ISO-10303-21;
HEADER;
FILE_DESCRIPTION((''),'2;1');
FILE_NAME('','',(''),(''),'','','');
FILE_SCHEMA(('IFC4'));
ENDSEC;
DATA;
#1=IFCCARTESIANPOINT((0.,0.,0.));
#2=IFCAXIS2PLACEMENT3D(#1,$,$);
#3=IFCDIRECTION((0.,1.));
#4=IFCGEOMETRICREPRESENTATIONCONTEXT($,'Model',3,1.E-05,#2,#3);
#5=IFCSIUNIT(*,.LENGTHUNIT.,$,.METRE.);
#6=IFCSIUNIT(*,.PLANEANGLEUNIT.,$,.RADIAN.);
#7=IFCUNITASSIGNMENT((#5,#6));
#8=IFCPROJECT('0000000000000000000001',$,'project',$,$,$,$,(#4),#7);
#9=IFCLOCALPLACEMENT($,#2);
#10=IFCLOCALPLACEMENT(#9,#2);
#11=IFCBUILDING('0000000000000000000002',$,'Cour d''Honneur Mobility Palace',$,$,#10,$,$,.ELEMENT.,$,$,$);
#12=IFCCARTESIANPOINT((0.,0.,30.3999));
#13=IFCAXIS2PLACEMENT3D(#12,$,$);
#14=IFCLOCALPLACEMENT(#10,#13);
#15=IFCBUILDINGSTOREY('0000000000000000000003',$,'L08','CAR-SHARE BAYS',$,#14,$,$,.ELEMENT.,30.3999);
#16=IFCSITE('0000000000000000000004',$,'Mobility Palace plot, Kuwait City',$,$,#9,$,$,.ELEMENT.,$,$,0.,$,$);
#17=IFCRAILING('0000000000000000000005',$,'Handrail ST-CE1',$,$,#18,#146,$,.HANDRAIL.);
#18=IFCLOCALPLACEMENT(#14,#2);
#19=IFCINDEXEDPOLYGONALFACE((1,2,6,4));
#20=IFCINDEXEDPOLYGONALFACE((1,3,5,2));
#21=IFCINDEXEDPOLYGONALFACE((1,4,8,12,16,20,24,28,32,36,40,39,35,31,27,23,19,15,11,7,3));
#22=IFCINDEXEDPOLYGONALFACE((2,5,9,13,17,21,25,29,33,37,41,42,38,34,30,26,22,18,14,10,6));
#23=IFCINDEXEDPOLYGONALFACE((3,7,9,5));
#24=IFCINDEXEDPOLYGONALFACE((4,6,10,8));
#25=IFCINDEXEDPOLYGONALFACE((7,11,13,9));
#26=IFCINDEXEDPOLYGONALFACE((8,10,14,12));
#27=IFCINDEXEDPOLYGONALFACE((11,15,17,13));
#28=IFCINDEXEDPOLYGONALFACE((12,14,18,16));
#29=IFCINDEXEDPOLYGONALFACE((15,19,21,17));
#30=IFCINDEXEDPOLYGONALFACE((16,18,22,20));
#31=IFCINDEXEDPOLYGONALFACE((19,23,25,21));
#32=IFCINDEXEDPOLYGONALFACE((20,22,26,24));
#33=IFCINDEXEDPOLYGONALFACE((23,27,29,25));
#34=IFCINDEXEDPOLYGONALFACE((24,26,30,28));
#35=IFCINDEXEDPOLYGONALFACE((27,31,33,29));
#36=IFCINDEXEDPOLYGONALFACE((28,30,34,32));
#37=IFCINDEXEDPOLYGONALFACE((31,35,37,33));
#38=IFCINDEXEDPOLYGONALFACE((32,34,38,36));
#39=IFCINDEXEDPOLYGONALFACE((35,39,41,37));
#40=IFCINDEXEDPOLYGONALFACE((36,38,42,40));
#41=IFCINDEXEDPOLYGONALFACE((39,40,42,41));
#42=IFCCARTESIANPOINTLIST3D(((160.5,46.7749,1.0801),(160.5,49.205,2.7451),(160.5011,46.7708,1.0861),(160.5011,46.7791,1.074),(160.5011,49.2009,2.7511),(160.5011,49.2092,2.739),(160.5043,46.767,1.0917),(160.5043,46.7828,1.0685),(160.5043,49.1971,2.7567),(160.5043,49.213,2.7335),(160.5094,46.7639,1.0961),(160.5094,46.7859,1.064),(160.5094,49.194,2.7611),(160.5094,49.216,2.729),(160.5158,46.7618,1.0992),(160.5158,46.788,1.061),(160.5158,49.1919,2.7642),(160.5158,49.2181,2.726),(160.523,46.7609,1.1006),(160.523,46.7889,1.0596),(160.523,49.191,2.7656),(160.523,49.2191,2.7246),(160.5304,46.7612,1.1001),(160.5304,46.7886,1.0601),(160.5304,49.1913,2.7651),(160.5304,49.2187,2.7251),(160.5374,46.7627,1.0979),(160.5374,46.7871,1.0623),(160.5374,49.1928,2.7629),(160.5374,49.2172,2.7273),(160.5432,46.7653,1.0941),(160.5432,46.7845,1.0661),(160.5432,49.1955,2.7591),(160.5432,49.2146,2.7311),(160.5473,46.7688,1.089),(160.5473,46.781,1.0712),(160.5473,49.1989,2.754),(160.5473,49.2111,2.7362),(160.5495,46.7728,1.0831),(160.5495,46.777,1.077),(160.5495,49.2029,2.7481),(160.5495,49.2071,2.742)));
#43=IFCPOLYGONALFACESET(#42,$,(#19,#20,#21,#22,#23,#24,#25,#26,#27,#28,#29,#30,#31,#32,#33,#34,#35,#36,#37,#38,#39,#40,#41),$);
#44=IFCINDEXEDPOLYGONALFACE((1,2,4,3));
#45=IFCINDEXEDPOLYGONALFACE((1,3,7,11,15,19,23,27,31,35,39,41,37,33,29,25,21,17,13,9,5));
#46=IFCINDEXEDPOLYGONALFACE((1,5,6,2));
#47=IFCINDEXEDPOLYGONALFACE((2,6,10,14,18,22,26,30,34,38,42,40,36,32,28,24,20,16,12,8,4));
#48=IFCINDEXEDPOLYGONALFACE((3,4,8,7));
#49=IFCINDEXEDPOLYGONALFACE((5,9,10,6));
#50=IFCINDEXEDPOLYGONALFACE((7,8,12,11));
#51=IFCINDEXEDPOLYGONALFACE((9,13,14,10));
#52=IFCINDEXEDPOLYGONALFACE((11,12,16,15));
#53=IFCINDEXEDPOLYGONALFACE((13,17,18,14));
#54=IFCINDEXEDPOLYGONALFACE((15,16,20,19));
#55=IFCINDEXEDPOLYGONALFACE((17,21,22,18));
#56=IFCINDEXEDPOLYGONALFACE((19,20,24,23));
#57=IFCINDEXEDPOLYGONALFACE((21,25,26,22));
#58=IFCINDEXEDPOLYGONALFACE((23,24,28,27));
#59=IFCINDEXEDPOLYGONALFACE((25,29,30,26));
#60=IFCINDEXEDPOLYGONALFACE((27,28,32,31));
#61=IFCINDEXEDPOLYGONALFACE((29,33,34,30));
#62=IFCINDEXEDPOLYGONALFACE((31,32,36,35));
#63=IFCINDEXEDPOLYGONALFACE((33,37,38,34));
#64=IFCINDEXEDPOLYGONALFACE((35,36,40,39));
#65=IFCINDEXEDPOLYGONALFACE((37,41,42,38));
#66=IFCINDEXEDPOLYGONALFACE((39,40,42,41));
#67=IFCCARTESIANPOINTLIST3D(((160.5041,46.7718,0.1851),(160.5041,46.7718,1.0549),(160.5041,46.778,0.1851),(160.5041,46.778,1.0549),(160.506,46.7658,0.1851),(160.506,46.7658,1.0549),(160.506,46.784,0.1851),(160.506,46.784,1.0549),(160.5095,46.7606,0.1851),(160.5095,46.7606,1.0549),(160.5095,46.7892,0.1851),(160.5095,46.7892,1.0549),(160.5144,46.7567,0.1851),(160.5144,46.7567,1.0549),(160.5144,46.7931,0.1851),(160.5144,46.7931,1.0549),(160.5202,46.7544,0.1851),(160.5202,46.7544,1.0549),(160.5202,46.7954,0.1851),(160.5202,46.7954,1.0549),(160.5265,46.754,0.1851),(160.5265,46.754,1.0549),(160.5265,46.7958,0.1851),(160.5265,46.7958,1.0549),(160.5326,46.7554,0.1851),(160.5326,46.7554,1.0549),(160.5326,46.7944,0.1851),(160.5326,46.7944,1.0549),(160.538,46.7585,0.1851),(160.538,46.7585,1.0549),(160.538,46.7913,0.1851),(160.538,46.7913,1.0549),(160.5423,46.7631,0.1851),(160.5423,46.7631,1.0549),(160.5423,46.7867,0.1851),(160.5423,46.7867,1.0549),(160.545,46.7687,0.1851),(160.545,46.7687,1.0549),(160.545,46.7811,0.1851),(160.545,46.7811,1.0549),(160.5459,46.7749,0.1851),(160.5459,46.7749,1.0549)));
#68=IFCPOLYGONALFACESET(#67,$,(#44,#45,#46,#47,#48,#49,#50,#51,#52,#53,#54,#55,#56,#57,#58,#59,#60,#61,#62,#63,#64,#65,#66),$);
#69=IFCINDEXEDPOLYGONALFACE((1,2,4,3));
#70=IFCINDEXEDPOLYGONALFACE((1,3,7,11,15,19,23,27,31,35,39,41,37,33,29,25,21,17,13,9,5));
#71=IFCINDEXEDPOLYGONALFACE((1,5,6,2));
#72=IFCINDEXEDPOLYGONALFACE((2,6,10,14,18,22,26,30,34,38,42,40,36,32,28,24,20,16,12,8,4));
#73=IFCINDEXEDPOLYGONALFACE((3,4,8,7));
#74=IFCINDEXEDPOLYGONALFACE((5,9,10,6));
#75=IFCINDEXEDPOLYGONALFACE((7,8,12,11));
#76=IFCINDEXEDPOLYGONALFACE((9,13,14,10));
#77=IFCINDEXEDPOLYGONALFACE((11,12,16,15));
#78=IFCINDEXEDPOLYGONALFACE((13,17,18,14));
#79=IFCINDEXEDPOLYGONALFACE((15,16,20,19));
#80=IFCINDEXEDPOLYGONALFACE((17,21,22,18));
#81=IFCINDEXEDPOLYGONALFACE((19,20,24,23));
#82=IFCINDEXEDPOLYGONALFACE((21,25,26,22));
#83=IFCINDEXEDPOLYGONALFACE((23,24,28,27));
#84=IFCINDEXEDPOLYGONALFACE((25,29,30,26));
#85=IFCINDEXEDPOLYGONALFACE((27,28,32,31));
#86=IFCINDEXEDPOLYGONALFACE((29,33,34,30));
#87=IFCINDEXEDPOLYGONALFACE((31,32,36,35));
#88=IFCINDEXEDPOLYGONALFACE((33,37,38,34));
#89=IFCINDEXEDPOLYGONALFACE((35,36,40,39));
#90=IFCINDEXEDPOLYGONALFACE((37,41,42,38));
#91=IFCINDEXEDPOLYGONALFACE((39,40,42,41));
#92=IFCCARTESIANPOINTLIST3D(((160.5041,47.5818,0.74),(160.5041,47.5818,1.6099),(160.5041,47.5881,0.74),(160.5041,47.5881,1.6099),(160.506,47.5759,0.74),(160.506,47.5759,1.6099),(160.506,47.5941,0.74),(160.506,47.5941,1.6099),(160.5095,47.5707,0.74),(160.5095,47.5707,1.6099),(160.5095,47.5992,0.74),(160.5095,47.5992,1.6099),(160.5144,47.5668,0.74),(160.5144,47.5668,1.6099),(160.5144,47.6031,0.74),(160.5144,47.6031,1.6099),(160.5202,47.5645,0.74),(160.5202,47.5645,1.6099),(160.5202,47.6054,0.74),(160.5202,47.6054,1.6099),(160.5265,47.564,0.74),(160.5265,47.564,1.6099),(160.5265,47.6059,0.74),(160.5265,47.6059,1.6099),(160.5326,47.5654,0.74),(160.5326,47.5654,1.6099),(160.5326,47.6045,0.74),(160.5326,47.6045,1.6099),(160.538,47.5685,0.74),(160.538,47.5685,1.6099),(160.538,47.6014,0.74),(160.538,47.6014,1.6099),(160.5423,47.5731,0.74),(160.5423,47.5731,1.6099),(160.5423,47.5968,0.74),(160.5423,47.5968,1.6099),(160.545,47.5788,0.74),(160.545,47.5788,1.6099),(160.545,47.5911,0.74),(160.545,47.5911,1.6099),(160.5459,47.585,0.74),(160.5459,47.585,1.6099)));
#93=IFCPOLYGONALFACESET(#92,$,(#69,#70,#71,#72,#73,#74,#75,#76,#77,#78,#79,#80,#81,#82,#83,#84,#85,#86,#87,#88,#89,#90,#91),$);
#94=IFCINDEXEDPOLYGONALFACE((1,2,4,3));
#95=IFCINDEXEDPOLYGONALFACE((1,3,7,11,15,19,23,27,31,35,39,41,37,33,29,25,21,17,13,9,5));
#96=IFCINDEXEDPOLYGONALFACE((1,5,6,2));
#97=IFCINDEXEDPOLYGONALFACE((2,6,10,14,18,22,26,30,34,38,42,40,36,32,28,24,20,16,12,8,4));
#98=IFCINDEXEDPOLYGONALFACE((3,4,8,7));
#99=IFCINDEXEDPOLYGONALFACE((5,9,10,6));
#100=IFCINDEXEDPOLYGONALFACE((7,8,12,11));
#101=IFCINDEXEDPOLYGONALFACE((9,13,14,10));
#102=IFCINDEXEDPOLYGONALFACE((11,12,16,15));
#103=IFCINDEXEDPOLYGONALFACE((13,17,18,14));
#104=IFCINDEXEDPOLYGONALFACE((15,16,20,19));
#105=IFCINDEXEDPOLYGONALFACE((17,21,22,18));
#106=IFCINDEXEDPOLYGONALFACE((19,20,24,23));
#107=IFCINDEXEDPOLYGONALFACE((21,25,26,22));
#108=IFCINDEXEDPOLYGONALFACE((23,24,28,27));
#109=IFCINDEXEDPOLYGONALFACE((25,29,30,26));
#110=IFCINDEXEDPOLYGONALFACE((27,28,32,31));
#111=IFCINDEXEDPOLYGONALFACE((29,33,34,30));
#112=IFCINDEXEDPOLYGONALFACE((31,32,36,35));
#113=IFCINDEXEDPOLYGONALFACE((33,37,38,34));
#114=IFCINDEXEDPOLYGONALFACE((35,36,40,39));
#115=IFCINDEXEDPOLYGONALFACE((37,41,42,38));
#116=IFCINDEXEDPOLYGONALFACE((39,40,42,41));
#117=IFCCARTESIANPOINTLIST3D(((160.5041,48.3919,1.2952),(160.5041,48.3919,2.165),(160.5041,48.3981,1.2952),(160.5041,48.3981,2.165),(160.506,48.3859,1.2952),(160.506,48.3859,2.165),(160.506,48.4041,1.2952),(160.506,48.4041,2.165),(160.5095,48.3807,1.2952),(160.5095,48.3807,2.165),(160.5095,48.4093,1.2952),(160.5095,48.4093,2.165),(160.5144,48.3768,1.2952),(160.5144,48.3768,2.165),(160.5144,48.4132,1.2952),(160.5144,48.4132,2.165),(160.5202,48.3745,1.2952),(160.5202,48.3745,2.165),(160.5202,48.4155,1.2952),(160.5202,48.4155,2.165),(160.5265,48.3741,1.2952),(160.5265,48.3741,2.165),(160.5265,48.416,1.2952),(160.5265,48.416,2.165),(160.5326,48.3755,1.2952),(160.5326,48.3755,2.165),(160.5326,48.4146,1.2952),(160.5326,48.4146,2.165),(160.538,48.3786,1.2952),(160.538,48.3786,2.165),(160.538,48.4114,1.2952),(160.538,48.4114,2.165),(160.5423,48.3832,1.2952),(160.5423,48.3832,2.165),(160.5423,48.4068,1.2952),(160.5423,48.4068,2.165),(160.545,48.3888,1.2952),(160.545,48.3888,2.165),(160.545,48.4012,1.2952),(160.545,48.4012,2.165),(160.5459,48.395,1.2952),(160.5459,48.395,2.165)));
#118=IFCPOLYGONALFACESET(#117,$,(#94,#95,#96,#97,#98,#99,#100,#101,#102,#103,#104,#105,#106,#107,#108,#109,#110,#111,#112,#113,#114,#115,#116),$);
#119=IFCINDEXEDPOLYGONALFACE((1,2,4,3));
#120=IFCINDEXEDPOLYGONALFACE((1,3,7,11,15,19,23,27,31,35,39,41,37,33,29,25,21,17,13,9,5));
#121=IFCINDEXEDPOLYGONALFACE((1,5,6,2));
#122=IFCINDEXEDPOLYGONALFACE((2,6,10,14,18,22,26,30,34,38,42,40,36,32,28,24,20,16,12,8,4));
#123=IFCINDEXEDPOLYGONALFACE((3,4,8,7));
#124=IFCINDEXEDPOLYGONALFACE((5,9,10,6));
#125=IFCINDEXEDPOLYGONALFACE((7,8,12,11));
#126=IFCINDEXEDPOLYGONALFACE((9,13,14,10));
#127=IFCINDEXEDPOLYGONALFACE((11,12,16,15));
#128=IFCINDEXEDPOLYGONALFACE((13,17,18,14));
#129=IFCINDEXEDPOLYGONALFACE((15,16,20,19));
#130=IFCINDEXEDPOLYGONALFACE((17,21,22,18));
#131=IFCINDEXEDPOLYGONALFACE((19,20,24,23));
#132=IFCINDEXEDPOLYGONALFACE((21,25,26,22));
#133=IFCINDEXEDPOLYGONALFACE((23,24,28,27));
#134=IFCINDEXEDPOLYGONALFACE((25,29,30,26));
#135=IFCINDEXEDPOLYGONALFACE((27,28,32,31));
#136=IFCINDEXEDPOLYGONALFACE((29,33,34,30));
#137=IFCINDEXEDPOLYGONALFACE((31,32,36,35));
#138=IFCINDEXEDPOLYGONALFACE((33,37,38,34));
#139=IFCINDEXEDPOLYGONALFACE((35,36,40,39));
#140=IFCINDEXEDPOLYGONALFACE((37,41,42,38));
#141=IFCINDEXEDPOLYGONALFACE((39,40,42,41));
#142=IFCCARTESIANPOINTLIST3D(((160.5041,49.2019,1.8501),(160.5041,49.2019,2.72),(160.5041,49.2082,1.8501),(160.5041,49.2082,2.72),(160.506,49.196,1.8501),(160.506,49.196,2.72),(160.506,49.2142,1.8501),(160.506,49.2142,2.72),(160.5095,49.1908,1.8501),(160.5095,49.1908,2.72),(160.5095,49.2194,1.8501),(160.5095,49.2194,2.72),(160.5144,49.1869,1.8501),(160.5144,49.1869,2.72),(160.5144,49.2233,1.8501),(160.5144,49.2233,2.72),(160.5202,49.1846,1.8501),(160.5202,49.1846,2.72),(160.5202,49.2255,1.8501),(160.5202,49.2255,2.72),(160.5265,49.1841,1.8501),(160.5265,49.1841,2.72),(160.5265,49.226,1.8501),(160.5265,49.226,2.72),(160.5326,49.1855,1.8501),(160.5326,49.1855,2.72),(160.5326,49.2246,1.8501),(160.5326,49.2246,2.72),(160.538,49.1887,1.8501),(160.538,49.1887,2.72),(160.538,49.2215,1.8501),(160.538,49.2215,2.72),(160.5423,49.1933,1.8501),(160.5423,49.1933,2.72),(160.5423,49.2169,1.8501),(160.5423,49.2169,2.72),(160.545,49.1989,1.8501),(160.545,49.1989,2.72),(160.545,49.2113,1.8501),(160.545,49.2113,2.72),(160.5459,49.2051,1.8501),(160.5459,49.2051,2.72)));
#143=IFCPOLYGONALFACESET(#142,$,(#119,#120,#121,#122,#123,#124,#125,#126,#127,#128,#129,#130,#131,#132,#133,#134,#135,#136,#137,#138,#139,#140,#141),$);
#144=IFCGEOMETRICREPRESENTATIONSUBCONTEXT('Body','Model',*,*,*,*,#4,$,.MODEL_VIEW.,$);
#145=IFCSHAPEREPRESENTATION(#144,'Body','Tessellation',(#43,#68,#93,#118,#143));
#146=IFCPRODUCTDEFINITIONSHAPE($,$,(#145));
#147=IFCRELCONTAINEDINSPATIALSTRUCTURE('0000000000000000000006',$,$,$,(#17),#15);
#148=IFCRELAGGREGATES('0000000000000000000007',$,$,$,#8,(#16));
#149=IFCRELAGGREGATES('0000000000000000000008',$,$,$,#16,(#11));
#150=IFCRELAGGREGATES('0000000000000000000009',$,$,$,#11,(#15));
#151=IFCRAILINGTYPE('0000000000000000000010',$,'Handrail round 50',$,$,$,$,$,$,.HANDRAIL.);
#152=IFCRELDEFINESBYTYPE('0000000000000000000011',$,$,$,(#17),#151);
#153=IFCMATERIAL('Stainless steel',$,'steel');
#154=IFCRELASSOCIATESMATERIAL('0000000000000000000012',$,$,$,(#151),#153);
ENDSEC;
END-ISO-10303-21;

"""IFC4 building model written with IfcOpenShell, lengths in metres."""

from ifc_helpers import new_model, si_unit, direction, frame, origin, origin_2d, place, context, subcontext, project, spatial, circle, extrude, material, type_object, element, save


model = new_model("IFC4")

# Units and contexts
model_context = context("Model", 3, precision=1e-05, world=origin(), true_north=direction((0.0, 1.0)))
body_context = subcontext(model_context, "Body", "Model", "MODEL_VIEW")
ifc_project = project(units=[si_unit("LENGTHUNIT", "METRE"), si_unit("PLANEANGLEUNIT", "RADIAN")], contexts=[model_context])

# Site, building, storey
site_placement = place(None, origin())
site = spatial("IfcSite", under=ifc_project, at=site_placement, Name="Mobility Palace plot, Kuwait City", CompositionType="ELEMENT", RefElevation=0.0)
building_placement = place(site_placement, origin())
building = spatial("IfcBuilding", under=site, at=building_placement, Name="Cour d'Honneur Mobility Palace", CompositionType="ELEMENT")
storey_placement = place(building_placement, frame((0.0, 0.0, 30.3999)))
storey = spatial("IfcBuildingStorey", under=building, at=storey_placement, Name="L08", Description="CAR-SHARE BAYS", CompositionType="ELEMENT", Elevation=30.3999)

# Railing
ifc_material_1 = material(Name="Stainless steel", Category="steel")
railing_type_1 = type_object("IfcRailingType", Name="Handrail round 50", PredefinedType="HANDRAIL", material=ifc_material_1)
railing_1_placement = place(storey_placement, frame((160.5249, 46.7749, 0.1851)))
element("IfcRailing", 1, at=railing_1_placement, inside=storey, type_object=railing_type_1, Name="Handrail ST-CE1", PredefinedType="HANDRAIL", context=body_context, shape_type="SweptSolid", body=[
    extrude(circle(Radius=0.0249, at=origin_2d()), frame((0.0, 0.0, 0.895), z_axis=(0.0, 0.824945, 0.565213), x_axis=(-1.0, 0.0, 0.0)), (0.0, 0.0, 1.0), 2.9458),
    extrude(circle(Radius=0.021, at=origin_2d()), origin(), (0.0, 0.0, 1.0), 0.8699),
    extrude(circle(Radius=0.021, at=origin_2d()), frame((0.0, 0.8101, 0.5549)), (0.0, 0.0, 1.0), 0.8699),
    extrude(circle(Radius=0.021, at=origin_2d()), frame((0.0, 1.6201, 1.1101)), (0.0, 0.0, 1.0), 0.8699),
    extrude(circle(Radius=0.021, at=origin_2d()), frame((0.0, 2.4302, 1.665)), (0.0, 0.0, 1.0), 0.8699),
])

save(model, "model.ifc")
